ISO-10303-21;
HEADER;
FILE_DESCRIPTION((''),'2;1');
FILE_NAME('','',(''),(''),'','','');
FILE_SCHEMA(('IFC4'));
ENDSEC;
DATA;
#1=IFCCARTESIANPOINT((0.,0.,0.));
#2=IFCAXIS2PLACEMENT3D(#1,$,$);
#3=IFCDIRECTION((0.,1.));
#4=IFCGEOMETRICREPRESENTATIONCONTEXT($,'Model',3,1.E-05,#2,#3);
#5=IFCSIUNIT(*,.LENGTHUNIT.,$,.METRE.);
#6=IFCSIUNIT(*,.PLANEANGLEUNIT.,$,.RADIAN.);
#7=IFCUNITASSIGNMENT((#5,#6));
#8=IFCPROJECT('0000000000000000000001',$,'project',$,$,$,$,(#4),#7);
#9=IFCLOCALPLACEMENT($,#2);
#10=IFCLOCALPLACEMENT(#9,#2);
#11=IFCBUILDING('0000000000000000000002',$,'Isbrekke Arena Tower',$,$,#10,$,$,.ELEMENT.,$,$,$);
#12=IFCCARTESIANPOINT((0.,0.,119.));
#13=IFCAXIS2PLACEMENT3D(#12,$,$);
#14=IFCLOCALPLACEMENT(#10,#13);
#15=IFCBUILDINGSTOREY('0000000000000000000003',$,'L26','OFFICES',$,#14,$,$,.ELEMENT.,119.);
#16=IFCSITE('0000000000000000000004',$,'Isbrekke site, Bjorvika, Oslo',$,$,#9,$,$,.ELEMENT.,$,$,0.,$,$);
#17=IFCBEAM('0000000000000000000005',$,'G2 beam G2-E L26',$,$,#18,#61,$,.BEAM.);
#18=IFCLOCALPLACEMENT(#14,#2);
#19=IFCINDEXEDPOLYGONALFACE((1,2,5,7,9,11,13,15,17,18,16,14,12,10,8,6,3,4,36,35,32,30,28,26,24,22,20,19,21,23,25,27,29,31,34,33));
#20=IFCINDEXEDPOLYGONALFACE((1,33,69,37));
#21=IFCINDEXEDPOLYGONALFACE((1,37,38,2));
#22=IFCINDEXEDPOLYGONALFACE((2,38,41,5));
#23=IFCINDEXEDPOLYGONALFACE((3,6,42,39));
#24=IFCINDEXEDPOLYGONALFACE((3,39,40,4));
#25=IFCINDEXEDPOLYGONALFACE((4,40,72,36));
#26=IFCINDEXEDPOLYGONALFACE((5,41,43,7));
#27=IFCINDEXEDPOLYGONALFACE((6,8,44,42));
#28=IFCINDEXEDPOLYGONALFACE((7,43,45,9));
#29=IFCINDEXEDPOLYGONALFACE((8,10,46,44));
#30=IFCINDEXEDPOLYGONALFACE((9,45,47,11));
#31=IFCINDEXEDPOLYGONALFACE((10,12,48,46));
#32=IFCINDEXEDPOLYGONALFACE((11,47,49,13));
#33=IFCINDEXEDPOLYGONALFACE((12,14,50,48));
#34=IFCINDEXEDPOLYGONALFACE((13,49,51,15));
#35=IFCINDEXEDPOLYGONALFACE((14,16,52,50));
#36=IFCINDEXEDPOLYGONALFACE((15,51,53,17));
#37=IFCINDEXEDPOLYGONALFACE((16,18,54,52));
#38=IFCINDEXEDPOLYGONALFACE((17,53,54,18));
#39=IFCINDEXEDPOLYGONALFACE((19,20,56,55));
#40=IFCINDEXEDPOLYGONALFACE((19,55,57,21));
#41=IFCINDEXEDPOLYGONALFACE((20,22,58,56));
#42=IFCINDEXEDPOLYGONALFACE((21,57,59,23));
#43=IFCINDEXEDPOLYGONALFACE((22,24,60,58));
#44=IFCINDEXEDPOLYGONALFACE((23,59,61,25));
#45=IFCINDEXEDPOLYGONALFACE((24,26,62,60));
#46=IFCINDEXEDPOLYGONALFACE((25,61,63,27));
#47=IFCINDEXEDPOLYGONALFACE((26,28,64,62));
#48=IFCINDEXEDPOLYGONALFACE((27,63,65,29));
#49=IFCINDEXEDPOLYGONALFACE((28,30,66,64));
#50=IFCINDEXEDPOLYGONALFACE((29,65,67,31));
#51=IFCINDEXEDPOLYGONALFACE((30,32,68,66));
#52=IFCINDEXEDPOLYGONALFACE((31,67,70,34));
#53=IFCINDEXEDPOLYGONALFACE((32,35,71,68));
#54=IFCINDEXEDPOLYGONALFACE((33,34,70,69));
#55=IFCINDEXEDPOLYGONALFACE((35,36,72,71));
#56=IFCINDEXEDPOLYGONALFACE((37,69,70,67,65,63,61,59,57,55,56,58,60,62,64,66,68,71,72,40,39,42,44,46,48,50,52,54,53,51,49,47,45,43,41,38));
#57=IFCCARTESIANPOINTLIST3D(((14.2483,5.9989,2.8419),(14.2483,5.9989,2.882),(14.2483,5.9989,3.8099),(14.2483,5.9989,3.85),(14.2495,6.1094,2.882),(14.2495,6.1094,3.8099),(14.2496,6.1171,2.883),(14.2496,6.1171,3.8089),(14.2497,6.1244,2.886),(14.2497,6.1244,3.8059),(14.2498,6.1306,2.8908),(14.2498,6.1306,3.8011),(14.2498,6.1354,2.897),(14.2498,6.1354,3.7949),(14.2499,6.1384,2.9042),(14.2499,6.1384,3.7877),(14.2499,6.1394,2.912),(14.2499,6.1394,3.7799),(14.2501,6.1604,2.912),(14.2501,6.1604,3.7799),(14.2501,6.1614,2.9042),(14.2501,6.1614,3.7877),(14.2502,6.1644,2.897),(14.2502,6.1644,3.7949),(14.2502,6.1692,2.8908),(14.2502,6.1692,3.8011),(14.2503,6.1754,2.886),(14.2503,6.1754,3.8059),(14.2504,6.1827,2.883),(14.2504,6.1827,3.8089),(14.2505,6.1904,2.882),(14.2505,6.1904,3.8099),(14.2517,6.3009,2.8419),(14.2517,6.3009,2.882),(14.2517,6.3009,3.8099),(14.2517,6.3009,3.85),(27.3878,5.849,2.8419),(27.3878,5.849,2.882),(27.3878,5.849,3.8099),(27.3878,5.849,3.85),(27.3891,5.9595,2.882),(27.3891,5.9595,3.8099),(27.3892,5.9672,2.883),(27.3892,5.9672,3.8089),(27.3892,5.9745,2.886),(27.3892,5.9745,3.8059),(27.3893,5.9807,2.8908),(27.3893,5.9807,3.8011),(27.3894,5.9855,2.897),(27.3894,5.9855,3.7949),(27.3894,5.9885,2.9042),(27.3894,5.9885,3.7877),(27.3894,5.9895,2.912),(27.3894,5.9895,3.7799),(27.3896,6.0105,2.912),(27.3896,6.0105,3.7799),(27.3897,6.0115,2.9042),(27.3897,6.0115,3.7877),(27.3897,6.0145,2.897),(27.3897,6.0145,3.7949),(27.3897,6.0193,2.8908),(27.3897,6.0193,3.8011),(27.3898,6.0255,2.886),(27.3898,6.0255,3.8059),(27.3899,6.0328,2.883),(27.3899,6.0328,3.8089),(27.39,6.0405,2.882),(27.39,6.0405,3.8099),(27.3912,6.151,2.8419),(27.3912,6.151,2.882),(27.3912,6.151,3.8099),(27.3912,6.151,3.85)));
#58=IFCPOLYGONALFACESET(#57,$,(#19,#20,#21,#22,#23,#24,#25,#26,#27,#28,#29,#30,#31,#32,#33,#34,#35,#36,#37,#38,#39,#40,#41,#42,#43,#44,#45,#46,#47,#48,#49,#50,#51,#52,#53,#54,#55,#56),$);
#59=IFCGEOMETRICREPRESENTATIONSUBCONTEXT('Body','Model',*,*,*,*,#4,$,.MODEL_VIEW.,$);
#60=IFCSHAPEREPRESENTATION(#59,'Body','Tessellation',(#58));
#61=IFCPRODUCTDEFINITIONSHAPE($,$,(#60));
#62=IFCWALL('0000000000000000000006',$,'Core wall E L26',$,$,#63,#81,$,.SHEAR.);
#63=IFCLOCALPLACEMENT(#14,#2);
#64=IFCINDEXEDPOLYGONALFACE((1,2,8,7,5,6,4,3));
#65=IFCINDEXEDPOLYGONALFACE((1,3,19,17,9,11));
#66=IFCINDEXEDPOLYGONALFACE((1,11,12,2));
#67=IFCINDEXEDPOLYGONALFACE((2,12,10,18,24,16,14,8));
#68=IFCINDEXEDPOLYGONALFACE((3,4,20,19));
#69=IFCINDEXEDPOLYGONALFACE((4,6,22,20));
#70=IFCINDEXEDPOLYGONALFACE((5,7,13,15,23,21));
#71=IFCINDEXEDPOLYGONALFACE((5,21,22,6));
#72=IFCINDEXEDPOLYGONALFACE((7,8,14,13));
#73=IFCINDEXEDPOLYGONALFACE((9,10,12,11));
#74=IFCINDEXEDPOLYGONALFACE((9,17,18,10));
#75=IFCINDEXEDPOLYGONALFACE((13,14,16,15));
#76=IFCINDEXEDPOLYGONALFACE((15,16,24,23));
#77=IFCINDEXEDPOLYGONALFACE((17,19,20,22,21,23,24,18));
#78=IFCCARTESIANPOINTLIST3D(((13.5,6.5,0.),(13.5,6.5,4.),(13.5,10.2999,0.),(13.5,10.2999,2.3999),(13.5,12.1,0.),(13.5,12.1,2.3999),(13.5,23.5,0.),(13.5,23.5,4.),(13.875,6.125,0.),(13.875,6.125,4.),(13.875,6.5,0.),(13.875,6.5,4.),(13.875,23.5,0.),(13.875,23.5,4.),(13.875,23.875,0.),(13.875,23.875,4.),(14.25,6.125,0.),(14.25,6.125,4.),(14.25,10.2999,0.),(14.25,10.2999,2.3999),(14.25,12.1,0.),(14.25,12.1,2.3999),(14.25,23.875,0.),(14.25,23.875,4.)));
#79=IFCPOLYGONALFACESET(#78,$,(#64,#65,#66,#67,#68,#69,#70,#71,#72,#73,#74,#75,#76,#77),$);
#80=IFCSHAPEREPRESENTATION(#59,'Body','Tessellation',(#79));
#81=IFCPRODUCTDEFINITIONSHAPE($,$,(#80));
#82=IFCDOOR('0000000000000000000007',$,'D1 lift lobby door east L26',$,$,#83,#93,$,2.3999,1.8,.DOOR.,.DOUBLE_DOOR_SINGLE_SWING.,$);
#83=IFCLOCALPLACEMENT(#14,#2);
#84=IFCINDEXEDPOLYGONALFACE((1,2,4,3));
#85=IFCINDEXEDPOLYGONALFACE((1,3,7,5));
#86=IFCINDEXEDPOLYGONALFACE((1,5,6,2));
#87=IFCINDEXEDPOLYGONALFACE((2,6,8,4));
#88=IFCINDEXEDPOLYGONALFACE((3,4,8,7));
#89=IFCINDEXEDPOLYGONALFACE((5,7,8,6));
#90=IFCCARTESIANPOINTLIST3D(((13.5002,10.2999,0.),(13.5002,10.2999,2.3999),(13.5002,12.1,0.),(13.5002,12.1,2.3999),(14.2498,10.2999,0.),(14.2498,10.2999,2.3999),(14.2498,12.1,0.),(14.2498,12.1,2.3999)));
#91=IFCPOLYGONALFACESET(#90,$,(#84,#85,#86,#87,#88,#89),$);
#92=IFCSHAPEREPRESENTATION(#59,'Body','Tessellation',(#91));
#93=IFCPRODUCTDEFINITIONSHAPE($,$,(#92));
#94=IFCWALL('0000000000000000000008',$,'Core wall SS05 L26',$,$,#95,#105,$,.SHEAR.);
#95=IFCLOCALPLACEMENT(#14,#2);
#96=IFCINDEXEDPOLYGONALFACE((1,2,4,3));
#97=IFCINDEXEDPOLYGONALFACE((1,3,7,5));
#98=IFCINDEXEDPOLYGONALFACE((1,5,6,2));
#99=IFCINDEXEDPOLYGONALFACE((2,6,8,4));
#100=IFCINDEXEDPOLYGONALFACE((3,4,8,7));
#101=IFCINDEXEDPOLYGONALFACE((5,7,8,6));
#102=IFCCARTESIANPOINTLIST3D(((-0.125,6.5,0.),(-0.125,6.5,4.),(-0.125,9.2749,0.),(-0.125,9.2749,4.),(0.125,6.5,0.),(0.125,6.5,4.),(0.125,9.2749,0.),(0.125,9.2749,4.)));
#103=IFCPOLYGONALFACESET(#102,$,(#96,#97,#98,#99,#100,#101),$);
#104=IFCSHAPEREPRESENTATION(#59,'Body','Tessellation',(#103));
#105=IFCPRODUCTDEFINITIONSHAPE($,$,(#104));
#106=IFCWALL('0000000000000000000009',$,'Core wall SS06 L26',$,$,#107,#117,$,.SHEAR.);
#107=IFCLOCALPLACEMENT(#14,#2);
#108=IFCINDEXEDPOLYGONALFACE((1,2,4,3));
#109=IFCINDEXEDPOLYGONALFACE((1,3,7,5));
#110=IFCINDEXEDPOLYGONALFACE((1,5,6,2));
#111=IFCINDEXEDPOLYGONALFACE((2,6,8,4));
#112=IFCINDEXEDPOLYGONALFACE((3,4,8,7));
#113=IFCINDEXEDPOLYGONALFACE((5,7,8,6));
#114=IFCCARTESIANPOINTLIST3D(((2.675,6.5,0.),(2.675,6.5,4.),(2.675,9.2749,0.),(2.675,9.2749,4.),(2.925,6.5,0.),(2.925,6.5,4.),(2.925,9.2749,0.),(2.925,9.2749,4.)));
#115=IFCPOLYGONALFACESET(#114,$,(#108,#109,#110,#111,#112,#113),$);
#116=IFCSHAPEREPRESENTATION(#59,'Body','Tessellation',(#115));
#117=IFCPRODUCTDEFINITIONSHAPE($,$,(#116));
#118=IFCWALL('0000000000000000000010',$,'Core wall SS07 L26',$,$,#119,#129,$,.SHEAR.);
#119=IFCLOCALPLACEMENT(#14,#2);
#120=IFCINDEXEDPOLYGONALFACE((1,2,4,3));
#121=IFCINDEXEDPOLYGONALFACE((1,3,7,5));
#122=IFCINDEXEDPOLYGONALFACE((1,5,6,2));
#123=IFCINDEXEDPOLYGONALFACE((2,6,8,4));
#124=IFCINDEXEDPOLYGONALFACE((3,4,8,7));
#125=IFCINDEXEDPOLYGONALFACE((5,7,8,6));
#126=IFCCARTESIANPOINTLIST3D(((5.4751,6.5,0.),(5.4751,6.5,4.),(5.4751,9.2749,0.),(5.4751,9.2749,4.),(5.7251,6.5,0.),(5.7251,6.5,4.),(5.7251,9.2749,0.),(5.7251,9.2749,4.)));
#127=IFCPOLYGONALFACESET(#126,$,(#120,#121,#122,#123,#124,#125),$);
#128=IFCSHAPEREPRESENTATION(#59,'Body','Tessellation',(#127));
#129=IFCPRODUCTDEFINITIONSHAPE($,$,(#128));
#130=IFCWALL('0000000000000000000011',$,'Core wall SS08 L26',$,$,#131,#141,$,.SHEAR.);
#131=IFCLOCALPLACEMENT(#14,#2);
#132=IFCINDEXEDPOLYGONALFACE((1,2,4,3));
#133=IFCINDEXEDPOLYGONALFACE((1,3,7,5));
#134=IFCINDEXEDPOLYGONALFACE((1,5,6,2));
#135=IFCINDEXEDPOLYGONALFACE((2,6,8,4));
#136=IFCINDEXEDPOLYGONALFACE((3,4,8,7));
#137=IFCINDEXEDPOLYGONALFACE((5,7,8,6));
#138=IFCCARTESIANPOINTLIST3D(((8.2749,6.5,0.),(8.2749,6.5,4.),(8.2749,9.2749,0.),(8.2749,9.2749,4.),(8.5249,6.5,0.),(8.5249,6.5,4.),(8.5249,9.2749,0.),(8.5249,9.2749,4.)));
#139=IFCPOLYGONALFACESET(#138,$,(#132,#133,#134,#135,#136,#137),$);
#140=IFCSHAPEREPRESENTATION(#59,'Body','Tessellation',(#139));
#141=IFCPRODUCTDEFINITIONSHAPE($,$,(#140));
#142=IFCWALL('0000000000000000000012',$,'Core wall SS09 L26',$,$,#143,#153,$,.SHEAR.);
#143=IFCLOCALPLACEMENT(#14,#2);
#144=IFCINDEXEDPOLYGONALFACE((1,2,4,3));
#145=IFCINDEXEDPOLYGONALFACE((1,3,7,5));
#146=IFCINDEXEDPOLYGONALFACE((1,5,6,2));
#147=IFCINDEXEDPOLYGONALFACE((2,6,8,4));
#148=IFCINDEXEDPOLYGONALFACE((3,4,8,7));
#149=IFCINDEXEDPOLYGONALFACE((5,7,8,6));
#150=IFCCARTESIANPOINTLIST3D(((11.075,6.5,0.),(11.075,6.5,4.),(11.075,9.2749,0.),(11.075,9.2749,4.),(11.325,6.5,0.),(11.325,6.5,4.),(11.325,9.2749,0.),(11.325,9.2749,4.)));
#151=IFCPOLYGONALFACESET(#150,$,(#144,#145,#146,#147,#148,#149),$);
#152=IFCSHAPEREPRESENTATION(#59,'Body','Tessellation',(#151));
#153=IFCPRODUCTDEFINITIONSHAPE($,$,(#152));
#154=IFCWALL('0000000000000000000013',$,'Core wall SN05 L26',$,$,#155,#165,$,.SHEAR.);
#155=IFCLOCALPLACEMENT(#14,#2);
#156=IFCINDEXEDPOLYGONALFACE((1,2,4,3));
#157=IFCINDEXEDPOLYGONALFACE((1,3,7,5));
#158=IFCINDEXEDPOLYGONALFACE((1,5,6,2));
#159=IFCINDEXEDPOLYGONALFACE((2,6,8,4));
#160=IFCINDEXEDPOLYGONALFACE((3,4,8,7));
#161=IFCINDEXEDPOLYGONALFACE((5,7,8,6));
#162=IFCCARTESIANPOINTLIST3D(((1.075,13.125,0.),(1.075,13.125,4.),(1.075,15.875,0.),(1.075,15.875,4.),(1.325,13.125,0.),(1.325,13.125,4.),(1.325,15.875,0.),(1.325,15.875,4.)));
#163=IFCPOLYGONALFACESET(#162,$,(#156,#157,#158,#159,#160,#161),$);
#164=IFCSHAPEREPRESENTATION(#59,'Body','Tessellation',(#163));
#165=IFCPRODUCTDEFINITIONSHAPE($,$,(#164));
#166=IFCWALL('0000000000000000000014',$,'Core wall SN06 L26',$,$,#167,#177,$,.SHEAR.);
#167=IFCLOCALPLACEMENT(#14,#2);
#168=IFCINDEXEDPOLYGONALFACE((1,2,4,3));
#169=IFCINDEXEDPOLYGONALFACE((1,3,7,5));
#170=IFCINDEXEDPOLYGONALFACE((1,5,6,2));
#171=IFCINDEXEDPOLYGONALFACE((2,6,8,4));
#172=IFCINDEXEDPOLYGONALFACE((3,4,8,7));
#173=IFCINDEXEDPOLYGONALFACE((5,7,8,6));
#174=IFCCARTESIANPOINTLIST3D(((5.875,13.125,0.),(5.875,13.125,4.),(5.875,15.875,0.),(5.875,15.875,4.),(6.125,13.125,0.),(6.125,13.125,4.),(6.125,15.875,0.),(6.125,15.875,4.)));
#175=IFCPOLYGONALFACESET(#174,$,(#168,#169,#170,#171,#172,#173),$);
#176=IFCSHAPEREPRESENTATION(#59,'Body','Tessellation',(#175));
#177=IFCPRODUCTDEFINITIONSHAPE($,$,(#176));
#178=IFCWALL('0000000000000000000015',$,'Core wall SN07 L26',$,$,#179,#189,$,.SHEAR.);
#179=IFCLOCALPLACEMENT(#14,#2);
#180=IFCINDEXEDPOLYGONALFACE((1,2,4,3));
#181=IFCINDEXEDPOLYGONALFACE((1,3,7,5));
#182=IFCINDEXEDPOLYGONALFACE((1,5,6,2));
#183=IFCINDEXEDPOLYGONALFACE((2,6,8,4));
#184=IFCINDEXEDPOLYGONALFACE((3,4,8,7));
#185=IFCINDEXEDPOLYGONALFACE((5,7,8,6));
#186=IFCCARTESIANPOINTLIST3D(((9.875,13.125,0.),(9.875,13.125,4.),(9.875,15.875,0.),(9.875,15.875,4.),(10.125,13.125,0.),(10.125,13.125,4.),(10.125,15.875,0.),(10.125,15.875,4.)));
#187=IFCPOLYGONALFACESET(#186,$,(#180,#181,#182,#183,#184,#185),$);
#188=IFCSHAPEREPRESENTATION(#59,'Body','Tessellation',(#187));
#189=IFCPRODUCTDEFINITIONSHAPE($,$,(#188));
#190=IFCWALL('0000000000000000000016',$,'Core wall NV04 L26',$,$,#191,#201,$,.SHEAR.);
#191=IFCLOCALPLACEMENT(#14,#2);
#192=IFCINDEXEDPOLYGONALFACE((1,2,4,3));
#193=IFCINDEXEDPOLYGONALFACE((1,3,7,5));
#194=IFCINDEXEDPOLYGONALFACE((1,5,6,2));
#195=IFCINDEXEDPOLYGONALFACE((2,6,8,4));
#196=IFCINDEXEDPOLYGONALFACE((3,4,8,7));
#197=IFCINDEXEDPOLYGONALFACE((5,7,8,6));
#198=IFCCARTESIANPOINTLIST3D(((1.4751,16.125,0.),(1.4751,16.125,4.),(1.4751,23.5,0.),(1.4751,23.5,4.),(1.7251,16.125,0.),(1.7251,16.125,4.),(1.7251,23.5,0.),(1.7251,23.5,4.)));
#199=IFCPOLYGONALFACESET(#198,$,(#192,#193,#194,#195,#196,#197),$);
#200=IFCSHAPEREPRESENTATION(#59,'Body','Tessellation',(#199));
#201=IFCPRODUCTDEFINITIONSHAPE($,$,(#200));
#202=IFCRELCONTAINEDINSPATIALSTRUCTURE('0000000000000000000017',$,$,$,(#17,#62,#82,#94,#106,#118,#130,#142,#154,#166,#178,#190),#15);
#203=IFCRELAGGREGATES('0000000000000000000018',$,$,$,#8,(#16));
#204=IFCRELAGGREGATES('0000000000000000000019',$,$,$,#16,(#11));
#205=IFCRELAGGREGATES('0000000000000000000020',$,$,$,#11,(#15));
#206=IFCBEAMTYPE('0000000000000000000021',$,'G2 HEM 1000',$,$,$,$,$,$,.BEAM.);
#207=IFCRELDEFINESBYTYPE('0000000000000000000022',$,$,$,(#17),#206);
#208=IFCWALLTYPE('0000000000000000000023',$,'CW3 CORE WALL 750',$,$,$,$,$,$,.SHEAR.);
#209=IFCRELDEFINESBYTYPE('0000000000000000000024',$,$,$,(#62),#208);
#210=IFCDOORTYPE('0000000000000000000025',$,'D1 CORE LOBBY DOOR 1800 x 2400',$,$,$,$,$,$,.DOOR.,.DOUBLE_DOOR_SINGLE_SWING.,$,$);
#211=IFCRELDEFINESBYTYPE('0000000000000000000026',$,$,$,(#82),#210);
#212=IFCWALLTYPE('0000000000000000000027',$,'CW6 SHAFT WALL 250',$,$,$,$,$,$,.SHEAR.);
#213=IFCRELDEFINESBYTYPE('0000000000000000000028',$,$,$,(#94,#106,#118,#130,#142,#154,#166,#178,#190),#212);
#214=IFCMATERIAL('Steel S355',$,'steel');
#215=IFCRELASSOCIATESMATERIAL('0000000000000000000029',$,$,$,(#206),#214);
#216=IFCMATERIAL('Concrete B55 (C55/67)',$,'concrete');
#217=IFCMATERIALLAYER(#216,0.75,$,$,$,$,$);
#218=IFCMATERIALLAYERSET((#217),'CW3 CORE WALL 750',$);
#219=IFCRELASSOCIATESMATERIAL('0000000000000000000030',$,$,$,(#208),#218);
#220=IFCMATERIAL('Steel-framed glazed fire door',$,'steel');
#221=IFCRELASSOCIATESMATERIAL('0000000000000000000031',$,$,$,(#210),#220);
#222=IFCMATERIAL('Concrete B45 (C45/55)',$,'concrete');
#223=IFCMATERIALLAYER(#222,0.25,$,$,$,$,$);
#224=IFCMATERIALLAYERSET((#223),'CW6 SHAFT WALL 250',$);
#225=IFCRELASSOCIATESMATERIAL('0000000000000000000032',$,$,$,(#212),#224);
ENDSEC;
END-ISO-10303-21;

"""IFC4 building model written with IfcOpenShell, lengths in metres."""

from ifc_helpers import new_model, si_unit, direction, frame, frame_2d, origin, origin_2d, place, context, subcontext, project, spatial, polyline, rectangle, i_section, outline, extrude, material, layer, layer_set, material_profile, profile_set, type_object, element, fill, save


model = new_model("IFC4")

# Units and contexts
model_context = context("Model", 3, precision=1e-05, world=origin(), true_north=direction((0.0, 1.0)))
body_context = subcontext(model_context, "Body", "Model", "MODEL_VIEW")
ifc_project = project(units=[si_unit("LENGTHUNIT", "METRE"), si_unit("PLANEANGLEUNIT", "RADIAN")], contexts=[model_context])

# Site, building, storey
site_placement = place(None, origin())
site = spatial("IfcSite", under=ifc_project, at=site_placement, Name="Isbrekke site, Bjorvika, Oslo", CompositionType="ELEMENT", RefElevation=0.0)
building_placement = place(site_placement, origin())
building = spatial("IfcBuilding", under=site, at=building_placement, Name="Isbrekke Arena Tower", CompositionType="ELEMENT")
storey_placement = place(building_placement, frame((0.0, 0.0, 119.0)))
storey = spatial("IfcBuildingStorey", under=building, at=storey_placement, Name="L26", Description="OFFICES", CompositionType="ELEMENT", Elevation=119.0)

# Beam
ifc_material_1 = material(Name="Steel S355", Category="steel")
ifc_material_profile = material_profile(ifc_material_1, i_section(OverallWidth=0.302, OverallDepth=1.0081, WebThickness=0.021, FlangeThickness=0.04, FilletRadius=0.03, at=origin_2d()), Name="HEM 1000")
ifc_profile_set = profile_set([ifc_material_profile], Name="Steel S355")
beam_type = type_object("IfcBeamType", Name="G2 HEM 1000", PredefinedType="BEAM", material=ifc_profile_set)
beam_placement = place(storey_placement, frame((14.25, 6.1499, 3.3459), z_axis=(0.999935, -0.011408, 0.0), x_axis=(0.011408, 0.999935, 0.0)))
element("IfcBeam", 1, at=beam_placement, inside=storey, type_object=beam_type, Name="G2 beam G2-E L26", PredefinedType="BEAM", context=body_context, shape_type="SweptSolid", body=[
    extrude(i_section(OverallWidth=0.302, OverallDepth=1.0081, WebThickness=0.021, FlangeThickness=0.04, FilletRadius=0.03, at=origin_2d()), origin(), (0.0, 0.0, 1.0), 13.1404),
])

# Wall, opening, door
ifc_material_2 = material(Name="Concrete B55 (C55/67)", Category="concrete")
ifc_layer_1 = layer(ifc_material_2, 0.75)
ifc_layer_set_1 = layer_set([ifc_layer_1], Name="CW3 CORE WALL 750")
wall_type_1 = type_object("IfcWallType", Name="CW3 CORE WALL 750", PredefinedType="SHEAR", material=ifc_layer_set_1)
wall_1_placement = place(storey_placement, frame((13.875, 6.125, 0.0), z_axis=(0.0, 0.0, 1.0), x_axis=(0.0, 1.0, 0.0)))
wall_1 = element("IfcWall", 2, at=wall_1_placement, inside=storey, type_object=wall_type_1, Name="Core wall E L26", PredefinedType="SHEAR", context=body_context, shape_type="SweptSolid", body=[
    extrude(outline(polyline([(0.0, -0.375), (17.75, -0.375), (17.75, 0.0), (17.375, 0.0), (17.375, 0.375), (0.375, 0.375), (0.375, 0.0), (0.0, 0.0), (0.0, -0.375)])), origin(), (0.0, 0.0, 1.0), 4.0),
])
opening_1_placement = place(wall_1_placement, frame((4.175, 0.0, 0.0)))
opening_1 = element("IfcOpeningElement", 3, at=opening_1_placement, cuts=wall_1, PredefinedType="OPENING", context=body_context, shape_type="SweptSolid", body=[
    extrude(rectangle(XDim=1.8, YDim=2.3999, at=frame_2d((0.8999, 1.2))), frame((0.0, 0.3899, 0.0), z_axis=(0.0, -1.0, 0.0), x_axis=(1.0, 0.0, 0.0)), (0.0, 0.0, 1.0), 0.7798),
])
ifc_material_3 = material(Name="Steel-framed glazed fire door", Category="steel")
door_type_1 = type_object("IfcDoorType", Name="D1 CORE LOBBY DOOR 1800 x 2400", OperationType="DOUBLE_DOOR_SINGLE_SWING", PredefinedType="DOOR", material=ifc_material_3)
door_1_placement = place(opening_1_placement, origin())
door_1 = element("IfcDoor", 4, at=door_1_placement, inside=storey, type_object=door_type_1, Name="D1 lift lobby door east L26", OperationType="DOUBLE_DOOR_SINGLE_SWING", OverallHeight=2.3999, OverallWidth=1.8, PredefinedType="DOOR", context=body_context, shape_type="SweptSolid", body=[
    extrude(rectangle(XDim=1.8, YDim=2.3999, at=frame_2d((0.8999, 1.2))), frame((0.0, 0.3748, 0.0), z_axis=(0.0, -1.0, 0.0), x_axis=(1.0, 0.0, 0.0)), (0.0, 0.0, 1.0), 0.7495),
])
fill(opening_1, door_1)

# Walls
ifc_material_4 = material(Name="Concrete B45 (C45/55)", Category="concrete")
ifc_layer_2 = layer(ifc_material_4, 0.25)
ifc_layer_set_2 = layer_set([ifc_layer_2], Name="CW6 SHAFT WALL 250")
wall_type_2 = type_object("IfcWallType", Name="CW6 SHAFT WALL 250", PredefinedType="SHEAR", material=ifc_layer_set_2)
for number, where, z_axis, x_axis, name in (
    (5, (0.0, 6.5, 0.0), (0.0, 0.0, 1.0), (0.0, 1.0, 0.0), "Core wall SS05 L26"),
    (6, (2.8, 6.5, 0.0), (0.0, 0.0, 1.0), (0.0, 1.0, 0.0), "Core wall SS06 L26"),
    (7, (5.6001, 6.5, 0.0), (0.0, 0.0, 1.0), (0.0, 1.0, 0.0), "Core wall SS07 L26"),
    (8, (8.3999, 6.5, 0.0), (0.0, 0.0, 1.0), (0.0, 1.0, 0.0), "Core wall SS08 L26"),
    (9, (11.2, 6.5, 0.0), (0.0, 0.0, 1.0), (0.0, 1.0, 0.0), "Core wall SS09 L26"),
):
    element("IfcWall", number, at=place(storey_placement, frame(where, z_axis=z_axis, x_axis=x_axis)), inside=storey, type_object=wall_type_2, Name=name, PredefinedType="SHEAR", context=body_context, shape_type="SweptSolid", body=[
        extrude(rectangle(XDim=2.7749, YDim=0.25, at=frame_2d((1.3875, 0.0))), origin(), (0.0, 0.0, 1.0), 4.0),
    ])
for number, where, z_axis, x_axis, name in (
    (10, (1.2, 13.125, 0.0), (0.0, 0.0, 1.0), (0.0, 1.0, 0.0), "Core wall SN05 L26"),
    (11, (6.0, 13.125, 0.0), (0.0, 0.0, 1.0), (0.0, 1.0, 0.0), "Core wall SN06 L26"),
    (12, (10.0, 13.125, 0.0), (0.0, 0.0, 1.0), (0.0, 1.0, 0.0), "Core wall SN07 L26"),
):
    element("IfcWall", number, at=place(storey_placement, frame(where, z_axis=z_axis, x_axis=x_axis)), inside=storey, type_object=wall_type_2, Name=name, PredefinedType="SHEAR", context=body_context, shape_type="SweptSolid", body=[
        extrude(rectangle(XDim=2.75, YDim=0.25, at=frame_2d((1.375, 0.0))), origin(), (0.0, 0.0, 1.0), 4.0),
    ])
wall_2_placement = place(storey_placement, frame((1.6001, 16.125, 0.0), z_axis=(0.0, 0.0, 1.0), x_axis=(0.0, 1.0, 0.0)))
element("IfcWall", 13, at=wall_2_placement, inside=storey, type_object=wall_type_2, Name="Core wall NV04 L26", PredefinedType="SHEAR", context=body_context, shape_type="SweptSolid", body=[
    extrude(rectangle(XDim=7.375, YDim=0.25, at=frame_2d((3.6875, 0.0))), origin(), (0.0, 0.0, 1.0), 4.0),
])

save(model, "model.ifc")
